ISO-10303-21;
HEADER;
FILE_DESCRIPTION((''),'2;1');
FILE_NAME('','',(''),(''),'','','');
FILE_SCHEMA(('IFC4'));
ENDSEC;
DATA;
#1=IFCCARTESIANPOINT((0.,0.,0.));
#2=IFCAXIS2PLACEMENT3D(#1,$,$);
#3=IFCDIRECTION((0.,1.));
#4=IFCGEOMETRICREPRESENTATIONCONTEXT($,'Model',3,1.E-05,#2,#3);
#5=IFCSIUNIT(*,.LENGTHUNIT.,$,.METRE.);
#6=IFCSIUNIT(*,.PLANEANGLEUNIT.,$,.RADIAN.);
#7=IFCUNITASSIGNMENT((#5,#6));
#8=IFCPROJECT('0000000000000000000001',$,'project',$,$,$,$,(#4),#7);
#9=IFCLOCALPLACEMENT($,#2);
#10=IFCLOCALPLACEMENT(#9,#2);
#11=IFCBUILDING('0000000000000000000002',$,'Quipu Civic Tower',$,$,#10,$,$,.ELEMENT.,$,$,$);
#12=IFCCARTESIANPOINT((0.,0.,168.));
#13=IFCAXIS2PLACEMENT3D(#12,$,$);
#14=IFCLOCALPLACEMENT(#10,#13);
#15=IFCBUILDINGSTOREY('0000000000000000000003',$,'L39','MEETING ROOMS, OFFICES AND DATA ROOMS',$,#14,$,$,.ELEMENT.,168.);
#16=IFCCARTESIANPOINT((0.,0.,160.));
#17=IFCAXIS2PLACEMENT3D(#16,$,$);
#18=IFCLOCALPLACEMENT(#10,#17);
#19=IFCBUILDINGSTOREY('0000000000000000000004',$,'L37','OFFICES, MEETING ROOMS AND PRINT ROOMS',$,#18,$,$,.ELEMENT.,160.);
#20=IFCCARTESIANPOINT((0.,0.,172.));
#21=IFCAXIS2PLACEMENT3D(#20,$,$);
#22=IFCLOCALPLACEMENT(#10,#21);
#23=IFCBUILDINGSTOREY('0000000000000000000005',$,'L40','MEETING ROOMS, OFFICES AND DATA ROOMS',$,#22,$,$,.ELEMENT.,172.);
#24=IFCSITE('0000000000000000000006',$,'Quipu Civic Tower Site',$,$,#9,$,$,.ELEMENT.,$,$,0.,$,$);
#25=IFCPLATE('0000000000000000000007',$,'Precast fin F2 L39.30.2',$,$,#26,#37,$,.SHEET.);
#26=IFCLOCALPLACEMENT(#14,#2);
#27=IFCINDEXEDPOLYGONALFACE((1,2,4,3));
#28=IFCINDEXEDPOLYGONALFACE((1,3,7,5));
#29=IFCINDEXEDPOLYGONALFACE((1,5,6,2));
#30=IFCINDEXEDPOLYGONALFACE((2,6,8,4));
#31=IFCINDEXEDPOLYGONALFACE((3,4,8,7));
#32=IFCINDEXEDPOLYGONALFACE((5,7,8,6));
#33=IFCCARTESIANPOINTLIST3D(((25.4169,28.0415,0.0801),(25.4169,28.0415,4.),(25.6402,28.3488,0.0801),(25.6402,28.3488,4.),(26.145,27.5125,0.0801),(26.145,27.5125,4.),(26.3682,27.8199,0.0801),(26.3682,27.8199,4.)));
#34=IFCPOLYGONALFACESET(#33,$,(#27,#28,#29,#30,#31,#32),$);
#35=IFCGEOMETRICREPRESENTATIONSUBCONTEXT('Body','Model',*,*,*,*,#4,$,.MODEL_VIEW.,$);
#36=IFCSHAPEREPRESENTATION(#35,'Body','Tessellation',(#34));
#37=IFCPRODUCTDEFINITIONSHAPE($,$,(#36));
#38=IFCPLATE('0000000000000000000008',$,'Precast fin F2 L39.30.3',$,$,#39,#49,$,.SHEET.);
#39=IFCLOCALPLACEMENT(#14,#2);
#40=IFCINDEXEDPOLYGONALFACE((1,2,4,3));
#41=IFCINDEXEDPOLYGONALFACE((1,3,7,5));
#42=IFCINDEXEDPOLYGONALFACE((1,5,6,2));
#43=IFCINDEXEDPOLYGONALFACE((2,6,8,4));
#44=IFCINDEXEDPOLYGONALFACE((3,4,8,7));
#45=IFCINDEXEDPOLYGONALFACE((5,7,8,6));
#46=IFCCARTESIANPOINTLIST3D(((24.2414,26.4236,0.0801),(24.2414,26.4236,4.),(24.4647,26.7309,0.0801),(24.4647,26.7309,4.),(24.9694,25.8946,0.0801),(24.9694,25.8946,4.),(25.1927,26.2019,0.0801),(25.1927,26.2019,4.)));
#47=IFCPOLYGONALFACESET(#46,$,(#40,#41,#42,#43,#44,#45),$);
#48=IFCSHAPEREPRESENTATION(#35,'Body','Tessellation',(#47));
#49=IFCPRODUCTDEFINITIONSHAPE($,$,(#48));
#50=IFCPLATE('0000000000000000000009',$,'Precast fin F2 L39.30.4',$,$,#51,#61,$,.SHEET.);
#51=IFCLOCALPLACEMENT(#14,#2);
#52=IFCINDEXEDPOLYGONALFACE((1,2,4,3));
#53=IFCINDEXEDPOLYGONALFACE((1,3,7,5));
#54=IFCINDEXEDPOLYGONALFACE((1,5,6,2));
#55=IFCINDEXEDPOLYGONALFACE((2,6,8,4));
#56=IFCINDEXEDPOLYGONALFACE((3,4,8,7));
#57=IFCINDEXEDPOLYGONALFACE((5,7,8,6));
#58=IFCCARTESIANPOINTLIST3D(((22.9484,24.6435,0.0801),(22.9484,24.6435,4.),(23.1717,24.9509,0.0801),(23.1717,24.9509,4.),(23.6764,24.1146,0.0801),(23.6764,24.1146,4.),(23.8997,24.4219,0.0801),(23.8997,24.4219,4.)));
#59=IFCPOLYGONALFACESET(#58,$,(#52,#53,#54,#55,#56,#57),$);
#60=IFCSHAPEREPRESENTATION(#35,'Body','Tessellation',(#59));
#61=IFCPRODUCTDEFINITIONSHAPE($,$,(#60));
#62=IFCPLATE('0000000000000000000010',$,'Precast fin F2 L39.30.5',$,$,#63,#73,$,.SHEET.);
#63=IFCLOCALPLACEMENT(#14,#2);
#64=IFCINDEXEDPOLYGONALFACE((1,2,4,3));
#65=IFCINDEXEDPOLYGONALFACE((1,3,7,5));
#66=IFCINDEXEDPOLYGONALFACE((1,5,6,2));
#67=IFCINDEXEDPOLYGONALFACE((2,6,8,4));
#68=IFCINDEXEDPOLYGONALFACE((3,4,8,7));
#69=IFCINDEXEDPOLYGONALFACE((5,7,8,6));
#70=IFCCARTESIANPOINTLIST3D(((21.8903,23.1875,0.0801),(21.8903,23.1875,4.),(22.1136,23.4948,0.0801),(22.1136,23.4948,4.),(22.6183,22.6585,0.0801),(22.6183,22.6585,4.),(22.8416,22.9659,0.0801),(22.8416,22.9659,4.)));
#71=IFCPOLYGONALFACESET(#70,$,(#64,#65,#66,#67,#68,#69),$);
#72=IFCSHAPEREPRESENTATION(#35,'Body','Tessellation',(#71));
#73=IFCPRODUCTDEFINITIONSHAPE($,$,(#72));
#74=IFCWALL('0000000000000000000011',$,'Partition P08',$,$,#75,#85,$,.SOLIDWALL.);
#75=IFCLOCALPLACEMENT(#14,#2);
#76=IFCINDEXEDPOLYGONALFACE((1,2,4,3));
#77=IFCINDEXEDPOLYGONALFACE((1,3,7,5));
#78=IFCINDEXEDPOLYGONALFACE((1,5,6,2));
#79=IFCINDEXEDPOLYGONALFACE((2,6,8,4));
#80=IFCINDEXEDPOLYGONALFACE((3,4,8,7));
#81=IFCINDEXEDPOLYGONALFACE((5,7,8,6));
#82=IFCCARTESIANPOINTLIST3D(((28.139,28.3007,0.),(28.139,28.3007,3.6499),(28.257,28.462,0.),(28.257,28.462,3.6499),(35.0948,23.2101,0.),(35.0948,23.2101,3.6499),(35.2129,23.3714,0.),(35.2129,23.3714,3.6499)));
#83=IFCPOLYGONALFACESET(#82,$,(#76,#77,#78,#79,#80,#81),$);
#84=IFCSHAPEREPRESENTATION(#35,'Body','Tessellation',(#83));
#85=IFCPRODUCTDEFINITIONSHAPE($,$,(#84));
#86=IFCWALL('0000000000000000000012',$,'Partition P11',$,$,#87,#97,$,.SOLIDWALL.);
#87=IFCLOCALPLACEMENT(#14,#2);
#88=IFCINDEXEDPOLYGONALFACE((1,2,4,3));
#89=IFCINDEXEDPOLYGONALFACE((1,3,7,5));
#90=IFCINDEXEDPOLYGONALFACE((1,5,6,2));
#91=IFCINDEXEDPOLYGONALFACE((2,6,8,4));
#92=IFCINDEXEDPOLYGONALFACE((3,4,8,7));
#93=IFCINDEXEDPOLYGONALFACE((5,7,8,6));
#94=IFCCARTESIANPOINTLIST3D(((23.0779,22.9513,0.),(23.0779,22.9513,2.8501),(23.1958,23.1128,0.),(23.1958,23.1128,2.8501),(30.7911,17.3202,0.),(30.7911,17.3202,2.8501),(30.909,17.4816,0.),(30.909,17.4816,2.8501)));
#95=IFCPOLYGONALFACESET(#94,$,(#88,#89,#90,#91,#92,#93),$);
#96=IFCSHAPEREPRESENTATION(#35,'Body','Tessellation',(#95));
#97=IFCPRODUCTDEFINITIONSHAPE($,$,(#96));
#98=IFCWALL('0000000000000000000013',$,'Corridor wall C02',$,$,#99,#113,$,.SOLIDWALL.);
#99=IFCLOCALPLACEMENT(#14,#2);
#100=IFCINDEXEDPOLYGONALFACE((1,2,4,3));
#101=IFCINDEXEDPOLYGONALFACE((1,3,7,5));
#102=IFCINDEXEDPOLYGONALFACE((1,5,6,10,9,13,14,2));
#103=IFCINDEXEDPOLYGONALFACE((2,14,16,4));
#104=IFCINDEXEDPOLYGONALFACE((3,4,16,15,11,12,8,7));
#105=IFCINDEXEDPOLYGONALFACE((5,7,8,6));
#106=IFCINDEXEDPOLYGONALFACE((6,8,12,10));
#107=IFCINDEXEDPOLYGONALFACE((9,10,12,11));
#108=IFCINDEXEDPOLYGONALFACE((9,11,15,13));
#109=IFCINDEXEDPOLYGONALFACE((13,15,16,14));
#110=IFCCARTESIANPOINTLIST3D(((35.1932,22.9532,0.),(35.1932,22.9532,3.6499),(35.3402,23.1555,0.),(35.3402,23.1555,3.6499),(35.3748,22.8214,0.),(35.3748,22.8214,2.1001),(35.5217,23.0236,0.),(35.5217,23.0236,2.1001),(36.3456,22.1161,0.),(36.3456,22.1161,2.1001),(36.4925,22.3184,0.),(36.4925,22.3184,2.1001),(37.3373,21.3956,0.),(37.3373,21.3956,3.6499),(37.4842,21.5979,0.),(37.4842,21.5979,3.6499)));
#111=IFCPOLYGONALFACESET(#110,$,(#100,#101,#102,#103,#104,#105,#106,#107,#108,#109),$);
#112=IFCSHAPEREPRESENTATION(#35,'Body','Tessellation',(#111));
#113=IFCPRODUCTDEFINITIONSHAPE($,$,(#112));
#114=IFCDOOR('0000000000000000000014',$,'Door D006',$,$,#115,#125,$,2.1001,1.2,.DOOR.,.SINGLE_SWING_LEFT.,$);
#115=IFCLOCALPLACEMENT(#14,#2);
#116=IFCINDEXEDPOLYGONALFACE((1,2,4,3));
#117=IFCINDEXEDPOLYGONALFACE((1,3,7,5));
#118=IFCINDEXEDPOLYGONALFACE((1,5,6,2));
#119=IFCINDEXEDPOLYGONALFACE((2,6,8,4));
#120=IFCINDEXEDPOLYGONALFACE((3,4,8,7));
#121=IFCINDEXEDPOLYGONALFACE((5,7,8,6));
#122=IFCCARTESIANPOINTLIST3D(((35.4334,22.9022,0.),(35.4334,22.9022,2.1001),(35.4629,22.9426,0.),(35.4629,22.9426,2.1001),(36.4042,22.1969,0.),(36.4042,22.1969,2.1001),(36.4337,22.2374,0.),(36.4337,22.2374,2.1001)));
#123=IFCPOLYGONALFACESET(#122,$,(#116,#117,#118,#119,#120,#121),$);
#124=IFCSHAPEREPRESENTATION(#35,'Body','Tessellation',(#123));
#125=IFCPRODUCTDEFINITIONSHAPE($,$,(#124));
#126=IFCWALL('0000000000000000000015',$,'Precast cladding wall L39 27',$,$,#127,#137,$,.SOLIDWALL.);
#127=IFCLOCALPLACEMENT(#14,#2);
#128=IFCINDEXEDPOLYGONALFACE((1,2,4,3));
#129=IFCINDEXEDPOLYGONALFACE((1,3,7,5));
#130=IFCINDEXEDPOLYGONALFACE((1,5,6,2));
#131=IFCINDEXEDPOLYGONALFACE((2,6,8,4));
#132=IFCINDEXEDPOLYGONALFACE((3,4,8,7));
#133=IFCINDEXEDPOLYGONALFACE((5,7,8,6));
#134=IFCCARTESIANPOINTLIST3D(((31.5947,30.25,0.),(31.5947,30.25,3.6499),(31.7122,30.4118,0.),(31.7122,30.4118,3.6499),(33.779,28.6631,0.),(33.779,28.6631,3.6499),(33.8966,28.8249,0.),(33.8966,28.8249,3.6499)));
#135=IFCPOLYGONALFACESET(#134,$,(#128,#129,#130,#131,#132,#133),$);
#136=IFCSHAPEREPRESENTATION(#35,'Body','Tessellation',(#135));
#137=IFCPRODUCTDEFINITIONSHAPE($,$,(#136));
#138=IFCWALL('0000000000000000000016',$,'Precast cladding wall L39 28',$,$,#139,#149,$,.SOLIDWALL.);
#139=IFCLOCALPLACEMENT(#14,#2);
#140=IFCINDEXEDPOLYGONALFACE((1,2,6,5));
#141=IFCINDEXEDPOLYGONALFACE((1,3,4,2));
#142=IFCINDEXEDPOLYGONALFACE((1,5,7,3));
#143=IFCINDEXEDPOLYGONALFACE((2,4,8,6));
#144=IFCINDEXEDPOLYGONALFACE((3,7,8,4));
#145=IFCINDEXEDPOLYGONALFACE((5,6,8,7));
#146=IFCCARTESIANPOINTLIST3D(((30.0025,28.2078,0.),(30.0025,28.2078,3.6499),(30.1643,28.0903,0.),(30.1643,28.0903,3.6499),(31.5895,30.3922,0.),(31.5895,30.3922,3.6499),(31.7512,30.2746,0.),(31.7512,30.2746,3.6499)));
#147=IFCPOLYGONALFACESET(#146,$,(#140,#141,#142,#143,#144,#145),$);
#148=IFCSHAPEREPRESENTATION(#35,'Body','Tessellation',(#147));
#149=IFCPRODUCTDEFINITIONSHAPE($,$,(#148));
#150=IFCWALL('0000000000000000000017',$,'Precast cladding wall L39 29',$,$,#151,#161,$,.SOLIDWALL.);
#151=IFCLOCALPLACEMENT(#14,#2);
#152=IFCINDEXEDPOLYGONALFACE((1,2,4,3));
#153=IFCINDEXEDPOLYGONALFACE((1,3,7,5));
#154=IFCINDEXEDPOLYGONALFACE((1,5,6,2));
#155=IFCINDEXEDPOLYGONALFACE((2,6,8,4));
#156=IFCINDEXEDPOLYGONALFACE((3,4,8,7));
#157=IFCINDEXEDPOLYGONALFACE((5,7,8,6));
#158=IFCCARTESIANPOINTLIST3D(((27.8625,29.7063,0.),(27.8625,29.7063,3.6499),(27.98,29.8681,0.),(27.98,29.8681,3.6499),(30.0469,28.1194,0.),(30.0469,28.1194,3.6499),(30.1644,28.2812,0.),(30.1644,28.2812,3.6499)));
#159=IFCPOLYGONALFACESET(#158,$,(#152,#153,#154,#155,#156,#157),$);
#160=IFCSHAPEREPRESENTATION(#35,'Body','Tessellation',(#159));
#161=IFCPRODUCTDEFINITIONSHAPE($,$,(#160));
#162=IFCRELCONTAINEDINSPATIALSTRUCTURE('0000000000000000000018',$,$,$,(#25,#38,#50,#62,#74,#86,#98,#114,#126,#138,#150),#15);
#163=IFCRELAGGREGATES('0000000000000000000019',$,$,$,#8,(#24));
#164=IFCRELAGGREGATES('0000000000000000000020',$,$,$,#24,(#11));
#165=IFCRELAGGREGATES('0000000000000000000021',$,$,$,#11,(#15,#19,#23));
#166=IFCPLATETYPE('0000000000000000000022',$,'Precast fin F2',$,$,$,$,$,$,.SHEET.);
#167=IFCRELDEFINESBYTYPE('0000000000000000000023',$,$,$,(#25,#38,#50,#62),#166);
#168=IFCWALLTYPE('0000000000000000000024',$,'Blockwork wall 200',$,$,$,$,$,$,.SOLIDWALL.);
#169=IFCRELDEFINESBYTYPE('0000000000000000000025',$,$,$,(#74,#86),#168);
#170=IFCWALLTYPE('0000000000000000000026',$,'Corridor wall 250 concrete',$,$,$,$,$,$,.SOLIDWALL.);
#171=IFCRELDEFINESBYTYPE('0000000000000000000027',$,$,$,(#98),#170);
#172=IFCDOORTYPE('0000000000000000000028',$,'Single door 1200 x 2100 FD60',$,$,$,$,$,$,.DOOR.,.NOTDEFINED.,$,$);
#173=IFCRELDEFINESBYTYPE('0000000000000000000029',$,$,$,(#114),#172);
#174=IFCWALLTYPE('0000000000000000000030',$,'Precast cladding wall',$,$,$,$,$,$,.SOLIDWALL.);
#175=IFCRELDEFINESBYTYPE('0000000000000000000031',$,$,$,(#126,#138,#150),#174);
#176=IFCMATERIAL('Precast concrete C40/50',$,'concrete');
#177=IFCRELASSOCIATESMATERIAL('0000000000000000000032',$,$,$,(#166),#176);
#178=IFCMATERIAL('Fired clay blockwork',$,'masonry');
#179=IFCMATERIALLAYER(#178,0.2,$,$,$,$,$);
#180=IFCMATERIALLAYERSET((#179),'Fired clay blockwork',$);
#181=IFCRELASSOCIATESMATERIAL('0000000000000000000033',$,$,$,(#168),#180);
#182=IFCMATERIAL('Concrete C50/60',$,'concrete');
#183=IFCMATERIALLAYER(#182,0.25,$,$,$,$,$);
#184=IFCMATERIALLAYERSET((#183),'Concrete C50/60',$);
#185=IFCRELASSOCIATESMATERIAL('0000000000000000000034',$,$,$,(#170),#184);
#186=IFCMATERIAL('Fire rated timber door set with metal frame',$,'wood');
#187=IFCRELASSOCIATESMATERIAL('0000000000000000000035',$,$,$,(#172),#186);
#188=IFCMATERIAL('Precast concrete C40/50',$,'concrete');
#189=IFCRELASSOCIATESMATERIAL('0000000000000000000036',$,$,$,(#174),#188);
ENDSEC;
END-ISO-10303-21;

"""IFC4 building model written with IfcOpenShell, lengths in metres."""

from ifc_helpers import new_model, si_unit, direction, frame, frame_2d, origin, origin_2d, place, context, subcontext, project, spatial, rectangle, extrude, material, layer, layer_set, type_object, element, fill, save


model = new_model("IFC4")

# Units and contexts
model_context = context("Model", 3, precision=1e-05, world=origin(), true_north=direction((0.0, 1.0)))
body_context = subcontext(model_context, "Body", "Model", "MODEL_VIEW")
ifc_project = project(units=[si_unit("LENGTHUNIT", "METRE"), si_unit("PLANEANGLEUNIT", "RADIAN")], contexts=[model_context])

# Site, building, storey
site_placement = place(None, origin())
site = spatial("IfcSite", under=ifc_project, at=site_placement, Name="Quipu Civic Tower Site", CompositionType="ELEMENT", RefElevation=0.0)
building_placement = place(site_placement, origin())
building = spatial("IfcBuilding", under=site, at=building_placement, Name="Quipu Civic Tower", CompositionType="ELEMENT")
storey_1_placement = place(building_placement, frame((0.0, 0.0, 168.0)))
storey_1 = spatial("IfcBuildingStorey", under=building, at=storey_1_placement, Name="L39", Description="MEETING ROOMS, OFFICES AND DATA ROOMS", CompositionType="ELEMENT", Elevation=168.0)

# Shared definitions
storey_2_placement = place(building_placement, frame((0.0, 0.0, 160.0)))
storey_2 = spatial("IfcBuildingStorey", under=building, at=storey_2_placement, Name="L37", Description="OFFICES, MEETING ROOMS AND PRINT ROOMS", CompositionType="ELEMENT", Elevation=160.0)

# Shared definitions
storey_3_placement = place(building_placement, frame((0.0, 0.0, 172.0)))
storey_3 = spatial("IfcBuildingStorey", under=building, at=storey_3_placement, Name="L40", Description="MEETING ROOMS, OFFICES AND DATA ROOMS", CompositionType="ELEMENT", Elevation=172.0)

# Plates
ifc_material_1 = material(Name="Precast concrete C40/50", Category="concrete")
plate_type_1 = type_object("IfcPlateType", Name="Precast fin F2", PredefinedType="SHEET", material=ifc_material_1)
for number, where, z_axis, x_axis, name in (
    (1, (25.8926, 27.9307, 0.0801), (0.0, 0.0, 1.0), (-0.587787, -0.809016, 0.0), "Precast fin F2 L39.30.2"),
    (2, (24.717, 26.3127, 0.0801), (0.0, 0.0, 1.0), (-0.587787, -0.809016, 0.0), "Precast fin F2 L39.30.3"),
    (3, (23.4241, 24.5327, 0.0801), (0.0, 0.0, 1.0), (-0.587787, -0.809016, 0.0), "Precast fin F2 L39.30.4"),
    (4, (22.366, 23.0767, 0.0801), (0.0, 0.0, 1.0), (-0.587787, -0.809016, 0.0), "Precast fin F2 L39.30.5"),
):
    element("IfcPlate", number, at=place(storey_1_placement, frame(where, z_axis=z_axis, x_axis=x_axis)), inside=storey_1, type_object=plate_type_1, Name=name, PredefinedType="SHEET", context=body_context, shape_type="SweptSolid", body=[
        extrude(rectangle(XDim=0.3799, YDim=0.8999, at=origin_2d()), origin(), (0.0, 0.0, 1.0), 3.9199),
    ])

# Walls
ifc_material_2 = material(Name="Fired clay blockwork", Category="masonry")
ifc_layer_1 = layer(ifc_material_2, 0.2)
ifc_layer_set_1 = layer_set([ifc_layer_1], Name="Fired clay blockwork")
wall_type_1 = type_object("IfcWallType", Name="Blockwork wall 200", PredefinedType="SOLIDWALL", material=ifc_layer_set_1)
wall_1_placement = place(storey_1_placement, frame((28.198, 28.3813, 0.0), z_axis=(0.0, 0.0, 1.0), x_axis=(0.806977, -0.590582, 0.0)))
element("IfcWall", 5, at=wall_1_placement, inside=storey_1, type_object=wall_type_1, Name="Partition P08", PredefinedType="SOLIDWALL", context=body_context, shape_type="SweptSolid", body=[
    extrude(rectangle(XDim=8.6196, YDim=0.2, at=frame_2d((4.3098, 0.0))), origin(), (0.0, 0.0, 1.0), 3.6499),
])
wall_2_placement = place(storey_1_placement, frame((23.137, 23.032, 0.0), z_axis=(0.0, 0.0, 1.0), x_axis=(0.807661, -0.589647, 0.0)))
element("IfcWall", 6, at=wall_2_placement, inside=storey_1, type_object=wall_type_1, Name="Partition P11", PredefinedType="SOLIDWALL", context=body_context, shape_type="SweptSolid", body=[
    extrude(rectangle(XDim=9.55, YDim=0.2, at=frame_2d((4.7749, 0.0))), origin(), (0.0, 0.0, 1.0), 2.8501),
])

# Wall, opening, door
ifc_material_3 = material(Name="Concrete C50/60", Category="concrete")
ifc_layer_2 = layer(ifc_material_3, 0.25)
ifc_layer_set_2 = layer_set([ifc_layer_2], Name="Concrete C50/60")
wall_type_2 = type_object("IfcWallType", Name="Corridor wall 250 concrete", PredefinedType="SOLIDWALL", material=ifc_layer_set_2)
wall_3_placement = place(storey_1_placement, frame((35.2666, 23.0544, 0.0), z_axis=(0.0, 0.0, 1.0), x_axis=(0.809039, -0.587755, 0.0)))
wall_3 = element("IfcWall", 7, at=wall_3_placement, inside=storey_1, type_object=wall_type_2, Name="Corridor wall C02", PredefinedType="SOLIDWALL", context=body_context, shape_type="SweptSolid", body=[
    extrude(rectangle(XDim=2.6501, YDim=0.25, at=frame_2d((1.3252, 0.0))), origin(), (0.0, 0.0, 1.0), 3.6499),
])
opening_placement = place(wall_3_placement, frame((0.2244, 0.0, 0.0)))
opening = element("IfcOpeningElement", 8, at=opening_placement, cuts=wall_3, PredefinedType="OPENING", context=body_context, shape_type="SweptSolid", body=[
    extrude(rectangle(XDim=1.2, YDim=2.1001, at=frame_2d((0.6001, 1.05))), frame((0.0, 0.135, 0.0), z_axis=(0.0, -1.0, 0.0), x_axis=(1.0, 0.0, 0.0)), (0.0, 0.0, 1.0), 0.27),
])
ifc_material_4 = material(Name="Fire rated timber door set with metal frame", Category="wood")
door_type = type_object("IfcDoorType", Name="Single door 1200 x 2100 FD60", OperationType="NOTDEFINED", PredefinedType="DOOR", material=ifc_material_4)
door_placement = place(opening_placement, origin())
door = element("IfcDoor", 9, at=door_placement, inside=storey_1, type_object=door_type, Name="Door D006", OperationType="SINGLE_SWING_LEFT", OverallHeight=2.1001, OverallWidth=1.2, PredefinedType="DOOR", context=body_context, shape_type="SweptSolid", body=[
    extrude(rectangle(XDim=1.2, YDim=2.1001, at=frame_2d((0.6001, 1.05))), frame((0.0, 0.0249, 0.0), z_axis=(0.0, -1.0, 0.0), x_axis=(1.0, 0.0, 0.0)), (0.0, 0.0, 1.0), 0.05),
])
fill(opening, door)

# Walls
ifc_material_5 = material(Name="Precast concrete C40/50", Category="concrete")
wall_type_3 = type_object("IfcWallType", Name="Precast cladding wall", PredefinedType="SOLIDWALL", material=ifc_material_5)
for number, where, z_axis, x_axis, name in (
    (10, (33.8379, 28.7439, 0.0), (0.0, 0.0, 1.0), (-0.809033, 0.587763, 0.0), "Precast cladding wall L39 27"),
    (11, (31.6704, 30.3335, 0.0), (0.0, 0.0, 1.0), (-0.587763, -0.809033, 0.0), "Precast cladding wall L39 28"),
    (12, (30.1057, 28.2002, 0.0), (0.0, 0.0, 1.0), (-0.809033, 0.587763, 0.0), "Precast cladding wall L39 29"),
):
    element("IfcWall", number, at=place(storey_1_placement, frame(where, z_axis=z_axis, x_axis=x_axis)), inside=storey_1, type_object=wall_type_3, Name=name, PredefinedType="SOLIDWALL", context=body_context, shape_type="SweptSolid", body=[
        extrude(rectangle(XDim=2.7, YDim=0.2, at=frame_2d((1.3501, 0.0))), origin(), (0.0, 0.0, 1.0), 3.6499),
    ])

save(model, "model.ifc")
